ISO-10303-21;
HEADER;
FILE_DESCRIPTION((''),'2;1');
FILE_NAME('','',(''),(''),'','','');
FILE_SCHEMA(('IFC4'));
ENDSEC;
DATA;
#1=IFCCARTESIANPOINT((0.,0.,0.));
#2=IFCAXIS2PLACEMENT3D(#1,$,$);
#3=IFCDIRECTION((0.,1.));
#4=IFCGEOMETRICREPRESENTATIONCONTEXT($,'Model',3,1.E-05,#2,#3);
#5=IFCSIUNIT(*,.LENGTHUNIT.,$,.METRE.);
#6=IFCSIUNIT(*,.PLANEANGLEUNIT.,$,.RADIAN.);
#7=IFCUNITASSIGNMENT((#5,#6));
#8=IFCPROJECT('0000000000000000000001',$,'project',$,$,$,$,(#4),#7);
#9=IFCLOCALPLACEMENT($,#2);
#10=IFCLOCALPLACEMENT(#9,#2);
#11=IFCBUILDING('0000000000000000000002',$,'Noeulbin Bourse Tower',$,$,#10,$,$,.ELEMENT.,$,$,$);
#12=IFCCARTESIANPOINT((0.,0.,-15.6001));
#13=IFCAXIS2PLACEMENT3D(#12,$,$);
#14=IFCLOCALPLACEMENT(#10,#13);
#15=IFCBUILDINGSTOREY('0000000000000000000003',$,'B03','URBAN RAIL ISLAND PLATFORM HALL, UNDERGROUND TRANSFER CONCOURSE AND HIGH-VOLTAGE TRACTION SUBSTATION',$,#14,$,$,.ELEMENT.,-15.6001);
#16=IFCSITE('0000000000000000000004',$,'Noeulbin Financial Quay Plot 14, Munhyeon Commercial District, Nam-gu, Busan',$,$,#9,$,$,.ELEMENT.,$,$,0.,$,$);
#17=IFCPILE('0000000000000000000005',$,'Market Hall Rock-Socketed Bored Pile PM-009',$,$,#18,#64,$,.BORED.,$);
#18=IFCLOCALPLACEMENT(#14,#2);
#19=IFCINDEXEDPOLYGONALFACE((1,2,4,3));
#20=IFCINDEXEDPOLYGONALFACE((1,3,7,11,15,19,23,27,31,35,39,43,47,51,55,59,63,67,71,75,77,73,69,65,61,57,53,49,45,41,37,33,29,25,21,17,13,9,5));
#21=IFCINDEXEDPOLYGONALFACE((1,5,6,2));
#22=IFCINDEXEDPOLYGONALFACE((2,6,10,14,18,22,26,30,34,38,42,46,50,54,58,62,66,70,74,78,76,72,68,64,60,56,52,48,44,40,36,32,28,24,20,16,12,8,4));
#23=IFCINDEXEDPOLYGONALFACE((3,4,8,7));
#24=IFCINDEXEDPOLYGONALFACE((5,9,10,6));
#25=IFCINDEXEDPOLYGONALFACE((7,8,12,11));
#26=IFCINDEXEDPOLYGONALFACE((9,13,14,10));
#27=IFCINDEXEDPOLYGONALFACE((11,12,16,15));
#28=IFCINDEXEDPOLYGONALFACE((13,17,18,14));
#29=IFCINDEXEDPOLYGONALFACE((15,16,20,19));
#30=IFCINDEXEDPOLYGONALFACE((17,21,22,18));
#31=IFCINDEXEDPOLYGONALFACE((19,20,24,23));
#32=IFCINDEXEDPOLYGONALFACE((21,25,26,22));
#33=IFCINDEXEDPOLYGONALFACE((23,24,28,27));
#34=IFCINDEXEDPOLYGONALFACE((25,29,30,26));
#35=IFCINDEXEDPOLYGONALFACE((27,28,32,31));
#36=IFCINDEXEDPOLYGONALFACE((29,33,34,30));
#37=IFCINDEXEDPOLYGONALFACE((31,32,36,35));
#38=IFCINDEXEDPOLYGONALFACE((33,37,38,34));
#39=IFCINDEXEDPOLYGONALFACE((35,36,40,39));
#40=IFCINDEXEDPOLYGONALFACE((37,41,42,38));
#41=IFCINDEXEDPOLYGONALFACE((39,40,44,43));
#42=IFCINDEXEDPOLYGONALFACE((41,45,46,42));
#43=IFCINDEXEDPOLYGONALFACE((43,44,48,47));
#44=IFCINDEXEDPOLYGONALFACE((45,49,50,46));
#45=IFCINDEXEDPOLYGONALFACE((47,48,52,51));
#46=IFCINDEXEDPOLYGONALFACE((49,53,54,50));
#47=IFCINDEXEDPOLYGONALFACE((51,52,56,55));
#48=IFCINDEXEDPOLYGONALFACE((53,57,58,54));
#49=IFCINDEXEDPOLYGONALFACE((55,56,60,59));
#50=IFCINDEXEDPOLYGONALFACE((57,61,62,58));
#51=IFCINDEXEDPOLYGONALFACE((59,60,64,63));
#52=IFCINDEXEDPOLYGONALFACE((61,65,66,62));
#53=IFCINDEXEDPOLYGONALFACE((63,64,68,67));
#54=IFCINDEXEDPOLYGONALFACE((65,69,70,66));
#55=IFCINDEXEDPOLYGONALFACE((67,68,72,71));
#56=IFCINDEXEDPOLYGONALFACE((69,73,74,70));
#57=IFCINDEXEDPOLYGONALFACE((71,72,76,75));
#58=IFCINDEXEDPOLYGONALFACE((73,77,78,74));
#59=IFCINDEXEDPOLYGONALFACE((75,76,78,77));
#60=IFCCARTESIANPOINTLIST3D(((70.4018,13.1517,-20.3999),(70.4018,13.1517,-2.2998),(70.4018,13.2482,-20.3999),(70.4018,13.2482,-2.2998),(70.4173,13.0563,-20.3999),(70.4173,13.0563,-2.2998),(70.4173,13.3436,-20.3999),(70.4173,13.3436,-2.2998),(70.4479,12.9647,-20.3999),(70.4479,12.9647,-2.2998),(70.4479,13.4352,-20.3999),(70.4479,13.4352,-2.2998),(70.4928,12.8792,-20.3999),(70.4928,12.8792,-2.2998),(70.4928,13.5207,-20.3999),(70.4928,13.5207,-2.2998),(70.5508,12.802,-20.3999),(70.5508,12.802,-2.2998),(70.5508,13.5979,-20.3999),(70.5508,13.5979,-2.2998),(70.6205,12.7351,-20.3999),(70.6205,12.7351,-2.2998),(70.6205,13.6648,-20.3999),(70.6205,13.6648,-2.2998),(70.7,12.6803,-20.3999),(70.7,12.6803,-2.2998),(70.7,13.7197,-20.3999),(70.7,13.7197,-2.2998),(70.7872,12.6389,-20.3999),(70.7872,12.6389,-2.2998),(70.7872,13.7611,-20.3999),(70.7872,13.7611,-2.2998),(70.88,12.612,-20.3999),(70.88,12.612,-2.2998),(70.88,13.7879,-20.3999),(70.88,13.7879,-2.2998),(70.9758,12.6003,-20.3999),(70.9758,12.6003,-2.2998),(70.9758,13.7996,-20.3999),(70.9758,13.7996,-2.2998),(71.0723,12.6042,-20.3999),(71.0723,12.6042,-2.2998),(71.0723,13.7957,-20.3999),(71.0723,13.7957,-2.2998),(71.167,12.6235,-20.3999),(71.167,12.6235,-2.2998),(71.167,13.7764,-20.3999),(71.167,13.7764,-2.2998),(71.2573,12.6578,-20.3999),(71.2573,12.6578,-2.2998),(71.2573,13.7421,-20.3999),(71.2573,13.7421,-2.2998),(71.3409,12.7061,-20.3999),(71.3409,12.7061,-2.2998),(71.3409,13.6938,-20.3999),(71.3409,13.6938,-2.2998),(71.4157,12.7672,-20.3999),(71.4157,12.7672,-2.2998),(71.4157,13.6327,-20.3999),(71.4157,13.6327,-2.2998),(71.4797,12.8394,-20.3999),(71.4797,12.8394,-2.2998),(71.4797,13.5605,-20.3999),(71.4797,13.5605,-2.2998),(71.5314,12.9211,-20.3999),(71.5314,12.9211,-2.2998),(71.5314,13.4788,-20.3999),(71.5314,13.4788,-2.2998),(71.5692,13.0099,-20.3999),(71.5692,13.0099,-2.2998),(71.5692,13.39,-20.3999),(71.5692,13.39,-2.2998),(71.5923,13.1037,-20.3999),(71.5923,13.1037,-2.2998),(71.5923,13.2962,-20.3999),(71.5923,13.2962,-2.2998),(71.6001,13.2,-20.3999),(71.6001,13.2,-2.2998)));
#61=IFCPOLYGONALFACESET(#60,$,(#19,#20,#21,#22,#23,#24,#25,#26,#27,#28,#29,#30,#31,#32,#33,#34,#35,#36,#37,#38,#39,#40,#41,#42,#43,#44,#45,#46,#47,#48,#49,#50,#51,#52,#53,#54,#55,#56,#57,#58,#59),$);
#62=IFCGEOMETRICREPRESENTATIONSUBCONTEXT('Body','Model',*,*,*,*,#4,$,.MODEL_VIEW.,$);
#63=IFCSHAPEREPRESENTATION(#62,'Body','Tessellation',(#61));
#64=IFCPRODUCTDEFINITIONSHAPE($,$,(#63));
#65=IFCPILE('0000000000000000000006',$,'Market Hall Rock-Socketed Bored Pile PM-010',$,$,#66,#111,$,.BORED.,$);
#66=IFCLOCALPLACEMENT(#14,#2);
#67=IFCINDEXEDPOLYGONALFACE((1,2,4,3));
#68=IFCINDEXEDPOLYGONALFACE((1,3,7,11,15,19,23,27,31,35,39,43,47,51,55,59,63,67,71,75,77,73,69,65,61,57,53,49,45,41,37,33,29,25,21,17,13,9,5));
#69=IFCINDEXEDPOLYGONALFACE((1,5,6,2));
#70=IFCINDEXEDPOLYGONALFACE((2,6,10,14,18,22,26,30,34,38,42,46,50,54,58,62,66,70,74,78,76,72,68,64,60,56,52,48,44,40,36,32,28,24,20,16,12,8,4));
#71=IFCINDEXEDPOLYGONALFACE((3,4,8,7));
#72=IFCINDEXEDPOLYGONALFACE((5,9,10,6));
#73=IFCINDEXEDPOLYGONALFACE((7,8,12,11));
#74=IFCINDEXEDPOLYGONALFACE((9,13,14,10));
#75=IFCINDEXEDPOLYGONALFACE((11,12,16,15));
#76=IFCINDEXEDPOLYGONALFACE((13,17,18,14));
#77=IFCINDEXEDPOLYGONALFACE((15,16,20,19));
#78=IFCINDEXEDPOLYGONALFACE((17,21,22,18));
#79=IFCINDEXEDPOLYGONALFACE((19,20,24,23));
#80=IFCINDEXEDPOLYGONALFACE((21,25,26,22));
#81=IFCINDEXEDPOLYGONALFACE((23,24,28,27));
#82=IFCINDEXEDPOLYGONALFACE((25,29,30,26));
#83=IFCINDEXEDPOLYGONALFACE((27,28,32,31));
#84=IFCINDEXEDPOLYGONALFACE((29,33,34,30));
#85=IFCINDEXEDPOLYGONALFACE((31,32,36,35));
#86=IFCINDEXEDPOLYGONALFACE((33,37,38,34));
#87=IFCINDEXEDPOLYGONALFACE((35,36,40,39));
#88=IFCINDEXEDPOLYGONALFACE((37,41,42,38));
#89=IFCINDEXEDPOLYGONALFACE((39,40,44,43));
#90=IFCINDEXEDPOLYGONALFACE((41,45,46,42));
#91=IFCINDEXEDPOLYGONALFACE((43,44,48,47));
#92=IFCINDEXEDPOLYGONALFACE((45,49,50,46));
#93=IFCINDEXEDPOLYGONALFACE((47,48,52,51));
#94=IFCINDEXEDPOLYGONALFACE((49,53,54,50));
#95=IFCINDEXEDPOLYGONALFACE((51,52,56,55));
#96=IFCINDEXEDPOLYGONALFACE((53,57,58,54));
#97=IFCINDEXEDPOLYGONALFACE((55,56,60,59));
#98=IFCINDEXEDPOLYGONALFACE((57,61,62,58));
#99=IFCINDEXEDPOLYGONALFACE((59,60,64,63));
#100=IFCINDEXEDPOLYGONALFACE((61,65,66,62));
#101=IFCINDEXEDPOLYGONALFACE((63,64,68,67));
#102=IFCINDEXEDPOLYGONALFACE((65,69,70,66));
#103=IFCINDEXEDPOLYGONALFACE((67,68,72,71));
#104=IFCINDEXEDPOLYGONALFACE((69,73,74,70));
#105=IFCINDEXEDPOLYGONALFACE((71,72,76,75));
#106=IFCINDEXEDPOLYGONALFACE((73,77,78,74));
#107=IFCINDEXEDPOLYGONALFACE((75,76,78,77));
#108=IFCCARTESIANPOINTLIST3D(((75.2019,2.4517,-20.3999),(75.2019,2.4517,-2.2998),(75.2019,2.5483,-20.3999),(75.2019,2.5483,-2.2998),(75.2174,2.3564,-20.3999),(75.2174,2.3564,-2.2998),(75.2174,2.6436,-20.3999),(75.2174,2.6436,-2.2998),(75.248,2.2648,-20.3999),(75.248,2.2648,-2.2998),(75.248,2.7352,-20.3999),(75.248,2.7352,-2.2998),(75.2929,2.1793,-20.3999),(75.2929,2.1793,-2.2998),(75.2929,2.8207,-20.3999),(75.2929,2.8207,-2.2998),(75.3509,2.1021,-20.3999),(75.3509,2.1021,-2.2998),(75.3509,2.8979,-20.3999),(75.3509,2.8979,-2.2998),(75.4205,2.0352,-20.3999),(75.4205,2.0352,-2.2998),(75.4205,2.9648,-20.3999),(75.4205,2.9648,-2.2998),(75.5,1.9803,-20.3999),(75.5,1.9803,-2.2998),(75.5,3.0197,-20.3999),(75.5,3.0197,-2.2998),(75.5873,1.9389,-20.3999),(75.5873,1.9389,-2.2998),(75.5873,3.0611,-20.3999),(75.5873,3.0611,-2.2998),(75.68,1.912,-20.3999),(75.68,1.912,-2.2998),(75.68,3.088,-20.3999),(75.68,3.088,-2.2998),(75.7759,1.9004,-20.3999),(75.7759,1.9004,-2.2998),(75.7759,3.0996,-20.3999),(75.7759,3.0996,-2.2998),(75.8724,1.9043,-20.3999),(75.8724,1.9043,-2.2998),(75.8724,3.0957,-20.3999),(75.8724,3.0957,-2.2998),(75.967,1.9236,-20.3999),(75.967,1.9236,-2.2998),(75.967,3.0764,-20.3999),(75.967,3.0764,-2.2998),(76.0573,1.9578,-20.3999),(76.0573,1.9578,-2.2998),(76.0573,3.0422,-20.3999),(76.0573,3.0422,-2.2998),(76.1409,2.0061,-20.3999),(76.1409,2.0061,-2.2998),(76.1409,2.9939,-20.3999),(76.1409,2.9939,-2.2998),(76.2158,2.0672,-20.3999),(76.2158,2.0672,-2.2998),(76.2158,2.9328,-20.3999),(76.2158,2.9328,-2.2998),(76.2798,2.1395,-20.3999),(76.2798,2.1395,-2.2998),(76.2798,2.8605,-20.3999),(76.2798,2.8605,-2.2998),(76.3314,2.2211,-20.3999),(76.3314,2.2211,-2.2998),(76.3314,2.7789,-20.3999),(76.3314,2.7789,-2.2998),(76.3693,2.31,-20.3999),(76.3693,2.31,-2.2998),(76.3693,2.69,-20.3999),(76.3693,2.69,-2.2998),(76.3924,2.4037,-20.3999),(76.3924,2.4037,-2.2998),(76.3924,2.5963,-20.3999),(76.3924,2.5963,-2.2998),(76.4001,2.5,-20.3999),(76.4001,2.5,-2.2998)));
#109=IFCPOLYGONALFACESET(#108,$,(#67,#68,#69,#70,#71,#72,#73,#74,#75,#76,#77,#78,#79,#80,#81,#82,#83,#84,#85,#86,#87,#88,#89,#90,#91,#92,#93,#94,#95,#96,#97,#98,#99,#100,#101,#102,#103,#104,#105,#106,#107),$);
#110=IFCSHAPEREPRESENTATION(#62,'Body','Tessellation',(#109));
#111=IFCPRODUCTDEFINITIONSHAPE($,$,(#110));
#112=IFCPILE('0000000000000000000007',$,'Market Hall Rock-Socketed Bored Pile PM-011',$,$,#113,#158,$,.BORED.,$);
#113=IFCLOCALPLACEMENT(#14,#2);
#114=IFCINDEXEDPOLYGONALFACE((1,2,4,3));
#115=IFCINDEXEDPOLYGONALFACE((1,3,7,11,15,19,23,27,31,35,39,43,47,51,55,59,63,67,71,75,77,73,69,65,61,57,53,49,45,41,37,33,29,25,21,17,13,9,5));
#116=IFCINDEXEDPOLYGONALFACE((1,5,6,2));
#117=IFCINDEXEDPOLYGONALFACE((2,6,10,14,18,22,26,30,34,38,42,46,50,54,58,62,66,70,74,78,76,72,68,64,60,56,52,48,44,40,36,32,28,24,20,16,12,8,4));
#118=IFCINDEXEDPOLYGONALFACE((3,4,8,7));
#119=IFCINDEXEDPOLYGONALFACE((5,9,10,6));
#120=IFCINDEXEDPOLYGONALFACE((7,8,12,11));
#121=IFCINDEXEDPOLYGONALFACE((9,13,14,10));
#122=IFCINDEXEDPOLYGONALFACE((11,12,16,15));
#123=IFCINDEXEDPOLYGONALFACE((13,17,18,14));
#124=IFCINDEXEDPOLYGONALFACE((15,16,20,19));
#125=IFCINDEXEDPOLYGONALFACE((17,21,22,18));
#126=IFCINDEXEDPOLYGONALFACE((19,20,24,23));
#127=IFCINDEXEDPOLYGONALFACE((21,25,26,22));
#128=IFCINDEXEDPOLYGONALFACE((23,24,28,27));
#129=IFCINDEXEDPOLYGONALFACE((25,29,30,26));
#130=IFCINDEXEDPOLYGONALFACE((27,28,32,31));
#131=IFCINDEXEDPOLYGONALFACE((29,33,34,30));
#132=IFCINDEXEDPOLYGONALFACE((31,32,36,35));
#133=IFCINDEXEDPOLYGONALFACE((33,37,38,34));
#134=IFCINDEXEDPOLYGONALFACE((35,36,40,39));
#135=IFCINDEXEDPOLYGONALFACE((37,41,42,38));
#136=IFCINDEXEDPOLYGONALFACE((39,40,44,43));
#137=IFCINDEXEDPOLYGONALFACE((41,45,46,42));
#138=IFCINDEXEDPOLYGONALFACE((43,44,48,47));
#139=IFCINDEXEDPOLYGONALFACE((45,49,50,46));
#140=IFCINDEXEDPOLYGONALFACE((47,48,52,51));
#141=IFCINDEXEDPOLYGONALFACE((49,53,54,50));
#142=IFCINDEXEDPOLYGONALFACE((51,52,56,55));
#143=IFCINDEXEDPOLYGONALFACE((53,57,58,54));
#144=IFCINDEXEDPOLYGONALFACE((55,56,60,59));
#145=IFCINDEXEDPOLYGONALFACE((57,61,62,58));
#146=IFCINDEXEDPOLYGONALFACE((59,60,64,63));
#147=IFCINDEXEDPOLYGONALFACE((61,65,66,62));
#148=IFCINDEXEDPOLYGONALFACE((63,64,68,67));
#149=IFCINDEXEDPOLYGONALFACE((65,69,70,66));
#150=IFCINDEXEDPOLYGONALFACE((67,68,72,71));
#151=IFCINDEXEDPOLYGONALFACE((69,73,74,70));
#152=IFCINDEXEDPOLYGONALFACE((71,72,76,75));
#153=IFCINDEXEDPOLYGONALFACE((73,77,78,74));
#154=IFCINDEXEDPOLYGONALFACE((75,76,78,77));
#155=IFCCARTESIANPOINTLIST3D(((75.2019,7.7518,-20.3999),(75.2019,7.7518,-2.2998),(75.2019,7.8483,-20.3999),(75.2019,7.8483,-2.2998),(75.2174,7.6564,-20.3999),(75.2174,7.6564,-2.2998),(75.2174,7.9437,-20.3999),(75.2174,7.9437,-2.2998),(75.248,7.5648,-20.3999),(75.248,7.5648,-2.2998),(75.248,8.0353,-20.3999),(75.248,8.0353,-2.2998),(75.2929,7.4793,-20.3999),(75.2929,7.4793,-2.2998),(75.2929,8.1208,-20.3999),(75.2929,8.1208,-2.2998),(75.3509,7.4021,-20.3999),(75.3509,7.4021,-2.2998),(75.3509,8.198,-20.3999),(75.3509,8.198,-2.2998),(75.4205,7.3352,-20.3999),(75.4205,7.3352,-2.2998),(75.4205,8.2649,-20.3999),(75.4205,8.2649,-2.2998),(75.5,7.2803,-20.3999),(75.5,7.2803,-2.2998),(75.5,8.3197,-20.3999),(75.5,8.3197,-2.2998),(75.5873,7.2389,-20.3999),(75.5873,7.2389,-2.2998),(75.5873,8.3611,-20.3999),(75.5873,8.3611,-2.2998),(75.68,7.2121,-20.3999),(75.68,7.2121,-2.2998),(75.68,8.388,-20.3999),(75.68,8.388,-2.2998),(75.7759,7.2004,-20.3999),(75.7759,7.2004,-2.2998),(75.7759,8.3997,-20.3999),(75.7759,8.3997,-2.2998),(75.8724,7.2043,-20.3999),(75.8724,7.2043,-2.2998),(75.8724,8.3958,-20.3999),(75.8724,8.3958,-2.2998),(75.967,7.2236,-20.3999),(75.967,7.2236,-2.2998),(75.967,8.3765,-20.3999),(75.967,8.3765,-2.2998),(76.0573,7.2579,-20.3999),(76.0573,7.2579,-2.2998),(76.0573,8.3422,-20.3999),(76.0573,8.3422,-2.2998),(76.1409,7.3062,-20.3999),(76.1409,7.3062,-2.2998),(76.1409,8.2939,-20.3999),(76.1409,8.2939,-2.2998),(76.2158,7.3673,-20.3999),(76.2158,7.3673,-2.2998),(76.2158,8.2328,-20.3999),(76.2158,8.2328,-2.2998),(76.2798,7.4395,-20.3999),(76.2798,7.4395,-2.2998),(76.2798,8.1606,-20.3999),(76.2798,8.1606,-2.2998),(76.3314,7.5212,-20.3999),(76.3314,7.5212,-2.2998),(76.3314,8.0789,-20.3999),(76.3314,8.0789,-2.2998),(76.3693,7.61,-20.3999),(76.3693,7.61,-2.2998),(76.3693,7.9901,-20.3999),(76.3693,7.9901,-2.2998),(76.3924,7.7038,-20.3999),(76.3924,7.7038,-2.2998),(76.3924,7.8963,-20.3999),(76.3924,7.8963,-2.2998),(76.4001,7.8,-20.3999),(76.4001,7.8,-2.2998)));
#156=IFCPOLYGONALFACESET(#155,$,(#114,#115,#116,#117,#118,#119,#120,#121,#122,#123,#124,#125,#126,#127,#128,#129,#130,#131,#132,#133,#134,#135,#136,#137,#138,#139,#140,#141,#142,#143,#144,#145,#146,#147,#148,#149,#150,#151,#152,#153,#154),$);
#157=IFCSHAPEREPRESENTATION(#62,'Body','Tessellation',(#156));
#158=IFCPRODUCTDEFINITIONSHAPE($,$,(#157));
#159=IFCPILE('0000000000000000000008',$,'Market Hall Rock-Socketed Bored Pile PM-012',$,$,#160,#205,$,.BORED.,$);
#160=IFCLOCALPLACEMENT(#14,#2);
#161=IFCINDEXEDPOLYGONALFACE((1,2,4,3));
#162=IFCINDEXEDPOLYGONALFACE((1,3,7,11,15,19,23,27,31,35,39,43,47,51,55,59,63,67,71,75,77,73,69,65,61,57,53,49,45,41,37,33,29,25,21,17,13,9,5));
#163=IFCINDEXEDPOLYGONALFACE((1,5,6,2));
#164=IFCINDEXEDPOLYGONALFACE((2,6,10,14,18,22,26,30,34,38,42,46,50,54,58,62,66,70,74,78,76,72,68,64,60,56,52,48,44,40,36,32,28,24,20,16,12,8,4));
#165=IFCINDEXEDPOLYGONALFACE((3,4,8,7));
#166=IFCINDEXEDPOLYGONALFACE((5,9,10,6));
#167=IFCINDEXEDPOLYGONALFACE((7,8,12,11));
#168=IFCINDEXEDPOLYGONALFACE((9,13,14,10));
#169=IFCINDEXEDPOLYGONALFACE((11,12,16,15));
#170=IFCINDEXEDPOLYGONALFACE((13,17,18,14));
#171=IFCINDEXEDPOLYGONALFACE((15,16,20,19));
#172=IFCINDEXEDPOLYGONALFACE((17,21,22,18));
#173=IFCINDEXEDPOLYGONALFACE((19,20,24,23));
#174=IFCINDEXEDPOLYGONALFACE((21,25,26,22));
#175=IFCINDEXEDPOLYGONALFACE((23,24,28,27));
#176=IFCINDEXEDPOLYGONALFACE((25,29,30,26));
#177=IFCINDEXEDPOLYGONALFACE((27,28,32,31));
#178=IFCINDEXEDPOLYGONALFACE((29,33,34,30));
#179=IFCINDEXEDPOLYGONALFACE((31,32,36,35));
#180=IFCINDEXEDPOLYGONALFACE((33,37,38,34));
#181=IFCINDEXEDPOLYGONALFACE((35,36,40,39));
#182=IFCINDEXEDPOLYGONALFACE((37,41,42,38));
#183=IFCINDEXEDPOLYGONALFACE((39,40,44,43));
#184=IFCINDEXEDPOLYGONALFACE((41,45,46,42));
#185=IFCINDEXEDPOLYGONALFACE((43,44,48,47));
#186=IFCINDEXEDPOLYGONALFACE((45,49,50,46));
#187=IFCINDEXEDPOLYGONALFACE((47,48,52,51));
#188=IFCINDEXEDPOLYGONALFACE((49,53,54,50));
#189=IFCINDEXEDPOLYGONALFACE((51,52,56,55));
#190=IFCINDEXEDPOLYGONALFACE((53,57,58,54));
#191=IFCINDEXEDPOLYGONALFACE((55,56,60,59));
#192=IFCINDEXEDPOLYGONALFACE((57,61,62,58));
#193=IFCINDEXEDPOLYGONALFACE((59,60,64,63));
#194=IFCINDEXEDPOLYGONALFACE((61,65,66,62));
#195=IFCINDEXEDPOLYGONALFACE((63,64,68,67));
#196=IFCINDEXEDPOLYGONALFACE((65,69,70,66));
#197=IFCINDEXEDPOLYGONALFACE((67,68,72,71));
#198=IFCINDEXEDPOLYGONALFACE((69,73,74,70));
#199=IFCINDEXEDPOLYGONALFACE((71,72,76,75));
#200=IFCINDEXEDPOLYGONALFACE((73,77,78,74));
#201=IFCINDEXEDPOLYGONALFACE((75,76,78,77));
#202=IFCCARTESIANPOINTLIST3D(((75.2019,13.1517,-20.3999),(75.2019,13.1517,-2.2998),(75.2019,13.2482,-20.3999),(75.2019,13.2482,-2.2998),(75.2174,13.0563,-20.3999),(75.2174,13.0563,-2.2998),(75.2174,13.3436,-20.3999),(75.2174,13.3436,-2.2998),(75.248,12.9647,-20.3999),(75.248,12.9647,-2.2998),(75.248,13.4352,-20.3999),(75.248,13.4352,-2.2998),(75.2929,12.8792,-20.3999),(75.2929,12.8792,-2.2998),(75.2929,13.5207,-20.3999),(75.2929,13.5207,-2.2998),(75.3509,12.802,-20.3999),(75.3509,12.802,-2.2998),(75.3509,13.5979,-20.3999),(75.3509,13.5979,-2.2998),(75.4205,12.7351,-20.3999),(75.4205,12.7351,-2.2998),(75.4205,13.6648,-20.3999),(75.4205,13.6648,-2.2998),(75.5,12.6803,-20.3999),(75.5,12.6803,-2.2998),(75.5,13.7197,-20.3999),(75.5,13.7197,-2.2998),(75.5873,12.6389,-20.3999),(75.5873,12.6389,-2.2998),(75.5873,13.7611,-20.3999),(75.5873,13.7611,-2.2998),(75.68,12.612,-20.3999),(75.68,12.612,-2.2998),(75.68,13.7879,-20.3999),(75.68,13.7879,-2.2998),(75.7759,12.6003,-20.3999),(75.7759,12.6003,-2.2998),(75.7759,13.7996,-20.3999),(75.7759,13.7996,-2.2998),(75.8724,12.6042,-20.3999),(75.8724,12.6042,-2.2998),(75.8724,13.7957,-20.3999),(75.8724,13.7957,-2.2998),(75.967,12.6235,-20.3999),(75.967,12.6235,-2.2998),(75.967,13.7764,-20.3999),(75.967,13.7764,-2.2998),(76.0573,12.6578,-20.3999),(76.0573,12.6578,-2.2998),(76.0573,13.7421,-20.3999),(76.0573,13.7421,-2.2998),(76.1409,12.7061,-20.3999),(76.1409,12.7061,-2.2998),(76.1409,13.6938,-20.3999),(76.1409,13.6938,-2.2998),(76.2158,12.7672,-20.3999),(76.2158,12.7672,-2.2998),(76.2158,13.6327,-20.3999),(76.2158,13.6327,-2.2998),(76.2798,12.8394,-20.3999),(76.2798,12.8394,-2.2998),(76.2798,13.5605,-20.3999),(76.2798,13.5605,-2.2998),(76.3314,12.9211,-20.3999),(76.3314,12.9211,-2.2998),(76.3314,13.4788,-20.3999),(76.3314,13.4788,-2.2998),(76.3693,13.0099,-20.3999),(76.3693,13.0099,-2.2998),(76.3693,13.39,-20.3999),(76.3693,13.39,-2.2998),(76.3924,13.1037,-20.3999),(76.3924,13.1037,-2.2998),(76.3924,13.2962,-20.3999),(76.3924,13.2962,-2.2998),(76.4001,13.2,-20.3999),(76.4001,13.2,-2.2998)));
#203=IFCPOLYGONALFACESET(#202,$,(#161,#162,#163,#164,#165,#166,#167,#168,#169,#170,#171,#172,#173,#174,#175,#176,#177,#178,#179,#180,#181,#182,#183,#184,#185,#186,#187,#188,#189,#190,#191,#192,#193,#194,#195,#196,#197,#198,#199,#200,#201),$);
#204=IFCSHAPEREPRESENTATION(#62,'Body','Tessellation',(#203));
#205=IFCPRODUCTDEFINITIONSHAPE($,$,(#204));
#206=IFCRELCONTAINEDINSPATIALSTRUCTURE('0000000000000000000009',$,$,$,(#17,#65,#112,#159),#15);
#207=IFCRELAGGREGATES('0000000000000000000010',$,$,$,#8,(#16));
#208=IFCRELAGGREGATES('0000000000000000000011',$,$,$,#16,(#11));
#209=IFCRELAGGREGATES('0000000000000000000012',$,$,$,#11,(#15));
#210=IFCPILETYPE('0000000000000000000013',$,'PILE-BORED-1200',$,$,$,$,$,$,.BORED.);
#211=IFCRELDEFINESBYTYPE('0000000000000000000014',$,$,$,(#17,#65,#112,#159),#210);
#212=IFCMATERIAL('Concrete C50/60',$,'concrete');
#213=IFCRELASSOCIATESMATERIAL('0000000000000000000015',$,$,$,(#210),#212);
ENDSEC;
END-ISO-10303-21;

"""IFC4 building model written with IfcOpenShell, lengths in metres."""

from ifc_helpers import new_model, si_unit, direction, frame, origin, origin_2d, place, context, subcontext, project, spatial, circle, extrude, material, material_profile, profile_set, type_object, element, save


model = new_model("IFC4")

# Units and contexts
model_context = context("Model", 3, precision=1e-05, world=origin(), true_north=direction((0.0, 1.0)))
body_context = subcontext(model_context, "Body", "Model", "MODEL_VIEW")
ifc_project = project(units=[si_unit("LENGTHUNIT", "METRE"), si_unit("PLANEANGLEUNIT", "RADIAN")], contexts=[model_context])

# Site, building, storey
site_placement = place(None, origin())
site = spatial("IfcSite", under=ifc_project, at=site_placement, Name="Noeulbin Financial Quay Plot 14, Munhyeon Commercial District, Nam-gu, Busan", CompositionType="ELEMENT", RefElevation=0.0)
building_placement = place(site_placement, origin())
building = spatial("IfcBuilding", under=site, at=building_placement, Name="Noeulbin Bourse Tower", CompositionType="ELEMENT")
storey_placement = place(building_placement, frame((0.0, 0.0, -15.6001)))
storey = spatial("IfcBuildingStorey", under=building, at=storey_placement, Name="B03", Description="URBAN RAIL ISLAND PLATFORM HALL, UNDERGROUND TRANSFER CONCOURSE AND HIGH-VOLTAGE TRACTION SUBSTATION", CompositionType="ELEMENT", Elevation=-15.6001)

# Piles
ifc_material_1 = material(Name="Concrete C50/60", Category="concrete")
ifc_material_profile_1 = material_profile(ifc_material_1, circle(Radius=0.6001, at=origin_2d()), Name="PILE-D1200", Category="LoadBearing")
ifc_profile_set_1 = profile_set([ifc_material_profile_1], Name="Concrete C50/60")
pile_type = type_object("IfcPileType", Name="PILE-BORED-1200", PredefinedType="BORED", material=ifc_profile_set_1)
for number, where, z_axis, x_axis, name in (
    (1, (71.0, 13.2, -2.2998), (0.0, 0.0, -1.0), (1.0, 0.0, 0.0), "Market Hall Rock-Socketed Bored Pile PM-009"),
    (2, (75.8, 2.5, -2.2998), (0.0, 0.0, -1.0), (1.0, 0.0, 0.0), "Market Hall Rock-Socketed Bored Pile PM-010"),
    (3, (75.8, 7.8, -2.2998), (0.0, 0.0, -1.0), (1.0, 0.0, 0.0), "Market Hall Rock-Socketed Bored Pile PM-011"),
    (4, (75.8, 13.2, -2.2998), (0.0, 0.0, -1.0), (1.0, 0.0, 0.0), "Market Hall Rock-Socketed Bored Pile PM-012"),
):
    element("IfcPile", number, at=place(storey_placement, frame(where, z_axis=z_axis, x_axis=x_axis)), inside=storey, type_object=pile_type, Name=name, PredefinedType="BORED", context=body_context, shape_type="SweptSolid", body=[
        extrude(circle(Radius=0.6001, at=origin_2d()), origin(), (0.0, 0.0, 1.0), 18.1001),
    ])

save(model, "model.ifc")
